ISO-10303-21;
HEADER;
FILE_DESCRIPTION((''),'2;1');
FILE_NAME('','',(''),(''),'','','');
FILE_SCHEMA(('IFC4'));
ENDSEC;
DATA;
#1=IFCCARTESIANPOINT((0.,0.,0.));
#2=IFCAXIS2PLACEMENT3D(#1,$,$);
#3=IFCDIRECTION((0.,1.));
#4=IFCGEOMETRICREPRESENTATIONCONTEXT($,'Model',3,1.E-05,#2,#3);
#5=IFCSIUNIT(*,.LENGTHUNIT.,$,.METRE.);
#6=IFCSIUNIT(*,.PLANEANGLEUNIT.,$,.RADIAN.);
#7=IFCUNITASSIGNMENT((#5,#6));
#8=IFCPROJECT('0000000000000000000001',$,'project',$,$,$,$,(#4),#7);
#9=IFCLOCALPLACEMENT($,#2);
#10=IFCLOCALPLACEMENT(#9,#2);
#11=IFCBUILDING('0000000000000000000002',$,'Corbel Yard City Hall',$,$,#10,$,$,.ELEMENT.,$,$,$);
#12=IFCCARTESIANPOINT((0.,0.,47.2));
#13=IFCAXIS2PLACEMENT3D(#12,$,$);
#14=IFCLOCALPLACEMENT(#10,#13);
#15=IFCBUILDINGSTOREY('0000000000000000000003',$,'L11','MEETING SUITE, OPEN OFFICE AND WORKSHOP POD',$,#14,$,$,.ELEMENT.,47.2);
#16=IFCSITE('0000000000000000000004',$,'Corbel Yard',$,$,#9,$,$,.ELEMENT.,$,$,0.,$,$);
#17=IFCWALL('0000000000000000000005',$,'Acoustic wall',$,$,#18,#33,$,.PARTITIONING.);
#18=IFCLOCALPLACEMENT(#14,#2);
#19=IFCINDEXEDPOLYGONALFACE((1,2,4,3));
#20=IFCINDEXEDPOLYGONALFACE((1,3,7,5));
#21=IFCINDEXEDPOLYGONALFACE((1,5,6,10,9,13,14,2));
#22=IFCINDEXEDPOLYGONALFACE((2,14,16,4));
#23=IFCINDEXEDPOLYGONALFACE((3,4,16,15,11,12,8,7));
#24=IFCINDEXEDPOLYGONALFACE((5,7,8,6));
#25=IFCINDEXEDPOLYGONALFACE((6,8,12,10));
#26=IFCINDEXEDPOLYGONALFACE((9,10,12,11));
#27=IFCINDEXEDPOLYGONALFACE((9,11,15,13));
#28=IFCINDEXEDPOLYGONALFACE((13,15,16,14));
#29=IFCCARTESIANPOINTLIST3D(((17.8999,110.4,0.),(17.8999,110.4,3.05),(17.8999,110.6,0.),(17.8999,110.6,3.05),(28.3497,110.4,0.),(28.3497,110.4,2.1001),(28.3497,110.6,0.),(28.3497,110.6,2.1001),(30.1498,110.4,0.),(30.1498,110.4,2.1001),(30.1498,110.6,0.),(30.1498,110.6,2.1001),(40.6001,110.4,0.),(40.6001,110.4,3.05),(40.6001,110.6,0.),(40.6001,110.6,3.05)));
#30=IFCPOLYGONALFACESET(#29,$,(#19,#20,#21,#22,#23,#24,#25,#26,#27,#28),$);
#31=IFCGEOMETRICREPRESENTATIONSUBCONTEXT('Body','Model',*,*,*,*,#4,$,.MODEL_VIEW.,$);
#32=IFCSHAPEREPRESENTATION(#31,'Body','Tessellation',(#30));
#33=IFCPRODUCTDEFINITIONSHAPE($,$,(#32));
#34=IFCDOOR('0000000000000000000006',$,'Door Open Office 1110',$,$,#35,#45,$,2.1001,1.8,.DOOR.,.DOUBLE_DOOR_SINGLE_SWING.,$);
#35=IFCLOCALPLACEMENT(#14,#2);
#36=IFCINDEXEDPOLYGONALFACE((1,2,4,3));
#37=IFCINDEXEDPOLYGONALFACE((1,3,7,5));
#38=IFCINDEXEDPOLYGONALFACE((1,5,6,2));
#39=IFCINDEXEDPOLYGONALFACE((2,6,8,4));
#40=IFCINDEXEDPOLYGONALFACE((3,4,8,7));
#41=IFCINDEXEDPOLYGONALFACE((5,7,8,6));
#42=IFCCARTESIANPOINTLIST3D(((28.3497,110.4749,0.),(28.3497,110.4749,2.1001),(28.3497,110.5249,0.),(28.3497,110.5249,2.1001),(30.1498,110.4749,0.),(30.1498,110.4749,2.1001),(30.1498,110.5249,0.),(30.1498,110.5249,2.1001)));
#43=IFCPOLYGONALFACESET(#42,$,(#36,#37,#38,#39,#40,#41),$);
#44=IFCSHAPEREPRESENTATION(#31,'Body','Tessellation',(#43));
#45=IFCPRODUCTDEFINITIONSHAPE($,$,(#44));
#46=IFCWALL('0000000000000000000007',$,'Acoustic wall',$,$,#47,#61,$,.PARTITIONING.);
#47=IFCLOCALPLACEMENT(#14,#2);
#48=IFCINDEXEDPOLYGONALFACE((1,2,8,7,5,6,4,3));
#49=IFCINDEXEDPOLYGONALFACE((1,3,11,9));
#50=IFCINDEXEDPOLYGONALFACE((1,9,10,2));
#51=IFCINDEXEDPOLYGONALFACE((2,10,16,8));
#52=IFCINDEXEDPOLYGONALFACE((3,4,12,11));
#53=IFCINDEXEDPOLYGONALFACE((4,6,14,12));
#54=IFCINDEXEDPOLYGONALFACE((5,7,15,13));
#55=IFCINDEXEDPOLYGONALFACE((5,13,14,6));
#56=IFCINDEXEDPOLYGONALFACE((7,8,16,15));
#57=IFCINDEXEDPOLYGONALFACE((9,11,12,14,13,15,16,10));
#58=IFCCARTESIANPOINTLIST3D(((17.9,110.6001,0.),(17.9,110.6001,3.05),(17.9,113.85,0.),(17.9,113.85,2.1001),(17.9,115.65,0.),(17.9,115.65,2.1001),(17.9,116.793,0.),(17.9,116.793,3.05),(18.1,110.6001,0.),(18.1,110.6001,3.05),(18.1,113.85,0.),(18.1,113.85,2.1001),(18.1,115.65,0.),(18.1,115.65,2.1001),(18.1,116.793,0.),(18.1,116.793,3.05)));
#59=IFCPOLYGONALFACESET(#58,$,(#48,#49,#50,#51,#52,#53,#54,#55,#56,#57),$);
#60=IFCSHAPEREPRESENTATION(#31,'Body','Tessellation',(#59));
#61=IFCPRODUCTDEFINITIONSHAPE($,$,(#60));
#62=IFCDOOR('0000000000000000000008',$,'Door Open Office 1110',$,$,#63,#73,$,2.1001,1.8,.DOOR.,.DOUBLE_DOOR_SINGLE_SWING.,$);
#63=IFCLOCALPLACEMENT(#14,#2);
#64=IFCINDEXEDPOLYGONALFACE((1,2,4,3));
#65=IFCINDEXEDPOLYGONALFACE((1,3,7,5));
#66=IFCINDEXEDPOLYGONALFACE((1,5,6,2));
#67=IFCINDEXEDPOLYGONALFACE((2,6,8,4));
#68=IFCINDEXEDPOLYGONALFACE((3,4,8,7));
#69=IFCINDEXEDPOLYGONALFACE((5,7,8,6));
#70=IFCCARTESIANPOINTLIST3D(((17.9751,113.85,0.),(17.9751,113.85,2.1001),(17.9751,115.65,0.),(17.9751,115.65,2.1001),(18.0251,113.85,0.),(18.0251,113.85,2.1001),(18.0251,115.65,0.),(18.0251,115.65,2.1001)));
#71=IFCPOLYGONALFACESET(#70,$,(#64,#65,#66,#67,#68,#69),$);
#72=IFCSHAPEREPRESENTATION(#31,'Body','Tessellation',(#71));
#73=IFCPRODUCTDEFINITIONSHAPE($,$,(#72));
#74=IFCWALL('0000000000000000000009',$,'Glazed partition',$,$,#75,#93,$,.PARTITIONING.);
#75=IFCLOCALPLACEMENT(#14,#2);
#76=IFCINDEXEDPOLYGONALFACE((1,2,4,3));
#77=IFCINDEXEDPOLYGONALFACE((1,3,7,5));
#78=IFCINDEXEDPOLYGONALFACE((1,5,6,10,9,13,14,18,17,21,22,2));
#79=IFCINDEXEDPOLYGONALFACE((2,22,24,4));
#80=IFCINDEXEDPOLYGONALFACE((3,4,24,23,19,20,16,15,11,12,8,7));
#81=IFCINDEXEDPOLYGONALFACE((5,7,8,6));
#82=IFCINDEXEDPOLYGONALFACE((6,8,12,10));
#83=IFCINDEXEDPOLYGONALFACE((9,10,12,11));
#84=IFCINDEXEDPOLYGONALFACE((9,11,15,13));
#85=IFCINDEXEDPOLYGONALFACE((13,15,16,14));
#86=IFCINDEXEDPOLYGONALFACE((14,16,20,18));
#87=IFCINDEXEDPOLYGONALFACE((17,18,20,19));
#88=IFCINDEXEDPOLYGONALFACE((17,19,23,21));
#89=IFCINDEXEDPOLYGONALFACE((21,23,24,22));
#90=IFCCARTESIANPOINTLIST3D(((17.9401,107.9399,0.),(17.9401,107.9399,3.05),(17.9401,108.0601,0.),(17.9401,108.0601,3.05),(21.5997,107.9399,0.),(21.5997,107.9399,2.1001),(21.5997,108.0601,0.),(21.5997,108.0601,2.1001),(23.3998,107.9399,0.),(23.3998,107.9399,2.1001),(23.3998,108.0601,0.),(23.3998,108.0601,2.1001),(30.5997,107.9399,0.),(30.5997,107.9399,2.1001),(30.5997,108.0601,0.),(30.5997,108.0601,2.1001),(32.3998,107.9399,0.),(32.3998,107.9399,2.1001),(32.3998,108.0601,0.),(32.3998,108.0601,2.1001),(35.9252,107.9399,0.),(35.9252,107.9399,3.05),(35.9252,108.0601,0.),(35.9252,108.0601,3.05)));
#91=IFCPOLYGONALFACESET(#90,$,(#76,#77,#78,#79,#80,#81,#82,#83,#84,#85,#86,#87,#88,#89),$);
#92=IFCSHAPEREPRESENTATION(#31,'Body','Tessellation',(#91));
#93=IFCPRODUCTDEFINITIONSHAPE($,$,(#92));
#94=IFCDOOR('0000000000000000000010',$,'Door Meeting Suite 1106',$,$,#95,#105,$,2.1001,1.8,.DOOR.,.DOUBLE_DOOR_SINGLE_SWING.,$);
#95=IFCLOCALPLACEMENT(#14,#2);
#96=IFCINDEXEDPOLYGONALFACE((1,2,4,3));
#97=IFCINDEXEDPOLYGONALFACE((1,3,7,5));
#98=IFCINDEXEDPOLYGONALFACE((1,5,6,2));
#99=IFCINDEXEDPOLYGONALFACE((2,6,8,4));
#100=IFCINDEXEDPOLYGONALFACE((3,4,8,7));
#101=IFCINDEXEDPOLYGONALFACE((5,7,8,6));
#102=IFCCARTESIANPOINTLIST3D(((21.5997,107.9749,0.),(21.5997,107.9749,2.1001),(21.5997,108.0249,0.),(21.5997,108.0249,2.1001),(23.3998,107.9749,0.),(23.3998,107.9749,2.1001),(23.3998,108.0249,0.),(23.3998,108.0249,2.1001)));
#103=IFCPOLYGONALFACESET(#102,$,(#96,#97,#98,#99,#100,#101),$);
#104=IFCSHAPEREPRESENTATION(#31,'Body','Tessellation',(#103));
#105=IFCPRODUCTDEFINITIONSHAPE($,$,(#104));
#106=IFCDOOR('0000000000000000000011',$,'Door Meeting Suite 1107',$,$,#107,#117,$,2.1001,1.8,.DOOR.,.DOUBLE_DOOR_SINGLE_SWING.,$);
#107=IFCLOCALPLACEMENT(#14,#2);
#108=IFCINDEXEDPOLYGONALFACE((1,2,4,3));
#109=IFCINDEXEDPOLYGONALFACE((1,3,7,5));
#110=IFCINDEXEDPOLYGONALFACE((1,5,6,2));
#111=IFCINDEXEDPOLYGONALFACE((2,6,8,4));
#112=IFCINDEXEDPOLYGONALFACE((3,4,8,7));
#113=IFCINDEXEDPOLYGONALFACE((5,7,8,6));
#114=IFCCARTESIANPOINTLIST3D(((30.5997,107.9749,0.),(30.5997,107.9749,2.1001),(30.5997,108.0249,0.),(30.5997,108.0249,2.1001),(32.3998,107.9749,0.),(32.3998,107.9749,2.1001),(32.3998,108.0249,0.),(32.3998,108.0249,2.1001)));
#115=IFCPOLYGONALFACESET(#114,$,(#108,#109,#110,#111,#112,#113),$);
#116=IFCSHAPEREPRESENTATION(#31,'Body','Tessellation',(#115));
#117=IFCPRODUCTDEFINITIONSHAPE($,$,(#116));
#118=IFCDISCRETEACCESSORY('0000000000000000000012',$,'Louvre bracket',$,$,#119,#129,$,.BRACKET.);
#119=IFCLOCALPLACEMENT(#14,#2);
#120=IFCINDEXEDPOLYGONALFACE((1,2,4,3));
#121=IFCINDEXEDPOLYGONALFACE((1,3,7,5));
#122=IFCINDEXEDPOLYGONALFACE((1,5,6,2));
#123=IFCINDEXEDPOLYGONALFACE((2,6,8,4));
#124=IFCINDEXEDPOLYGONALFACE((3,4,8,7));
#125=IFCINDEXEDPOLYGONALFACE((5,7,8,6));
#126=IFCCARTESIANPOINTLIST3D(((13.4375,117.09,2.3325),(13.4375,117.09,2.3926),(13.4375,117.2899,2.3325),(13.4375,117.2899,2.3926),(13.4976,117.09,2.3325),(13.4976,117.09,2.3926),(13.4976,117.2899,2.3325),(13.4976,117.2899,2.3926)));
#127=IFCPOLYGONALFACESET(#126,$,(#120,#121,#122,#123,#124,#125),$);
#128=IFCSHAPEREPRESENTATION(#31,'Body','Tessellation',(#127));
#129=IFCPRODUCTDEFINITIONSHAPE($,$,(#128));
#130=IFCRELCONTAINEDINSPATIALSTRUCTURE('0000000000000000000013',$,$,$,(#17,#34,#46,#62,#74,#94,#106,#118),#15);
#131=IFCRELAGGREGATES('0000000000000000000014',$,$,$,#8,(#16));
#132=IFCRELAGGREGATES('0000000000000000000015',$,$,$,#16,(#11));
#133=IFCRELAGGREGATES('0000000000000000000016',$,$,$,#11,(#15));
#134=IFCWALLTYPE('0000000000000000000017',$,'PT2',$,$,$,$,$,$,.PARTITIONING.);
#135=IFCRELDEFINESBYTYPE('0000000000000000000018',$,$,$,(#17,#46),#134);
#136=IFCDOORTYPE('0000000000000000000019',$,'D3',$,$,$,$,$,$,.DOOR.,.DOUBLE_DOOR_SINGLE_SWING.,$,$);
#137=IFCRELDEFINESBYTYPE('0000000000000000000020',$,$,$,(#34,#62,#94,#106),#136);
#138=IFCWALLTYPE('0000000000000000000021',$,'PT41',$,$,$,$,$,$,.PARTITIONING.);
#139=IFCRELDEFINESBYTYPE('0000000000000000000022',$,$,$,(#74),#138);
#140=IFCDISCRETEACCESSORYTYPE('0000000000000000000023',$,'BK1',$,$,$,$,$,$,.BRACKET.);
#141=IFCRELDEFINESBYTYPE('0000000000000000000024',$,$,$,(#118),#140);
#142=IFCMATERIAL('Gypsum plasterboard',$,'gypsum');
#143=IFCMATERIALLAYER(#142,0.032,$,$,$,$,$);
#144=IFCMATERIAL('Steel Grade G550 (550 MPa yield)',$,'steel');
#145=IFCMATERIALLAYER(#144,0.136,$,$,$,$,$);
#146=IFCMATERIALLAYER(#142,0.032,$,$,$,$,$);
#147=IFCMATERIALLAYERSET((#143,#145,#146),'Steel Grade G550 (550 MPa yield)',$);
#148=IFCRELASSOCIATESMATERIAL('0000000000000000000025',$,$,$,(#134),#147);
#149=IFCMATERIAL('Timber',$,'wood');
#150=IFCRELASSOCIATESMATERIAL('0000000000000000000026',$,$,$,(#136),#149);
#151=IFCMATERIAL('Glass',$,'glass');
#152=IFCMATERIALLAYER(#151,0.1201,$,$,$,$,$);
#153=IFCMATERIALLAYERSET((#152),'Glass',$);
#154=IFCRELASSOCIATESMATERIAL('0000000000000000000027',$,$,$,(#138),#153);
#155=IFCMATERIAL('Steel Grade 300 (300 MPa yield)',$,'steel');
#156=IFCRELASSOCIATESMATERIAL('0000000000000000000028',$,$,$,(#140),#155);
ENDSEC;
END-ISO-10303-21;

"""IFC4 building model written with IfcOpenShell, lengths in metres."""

from ifc_helpers import new_model, si_unit, direction, frame, frame_2d, origin, origin_2d, place, context, subcontext, project, spatial, rectangle, extrude, material, layer, layer_set, type_object, element, fill, save


model = new_model("IFC4")

# Units and contexts
model_context = context("Model", 3, precision=1e-05, world=origin(), true_north=direction((0.0, 1.0)))
body_context = subcontext(model_context, "Body", "Model", "MODEL_VIEW")
ifc_project = project(units=[si_unit("LENGTHUNIT", "METRE"), si_unit("PLANEANGLEUNIT", "RADIAN")], contexts=[model_context])

# Site, building, storey
site_placement = place(None, origin())
site = spatial("IfcSite", under=ifc_project, at=site_placement, Name="Corbel Yard", CompositionType="ELEMENT", RefElevation=0.0)
building_placement = place(site_placement, origin())
building = spatial("IfcBuilding", under=site, at=building_placement, Name="Corbel Yard City Hall", CompositionType="ELEMENT")
storey_placement = place(building_placement, frame((0.0, 0.0, 47.2)))
storey = spatial("IfcBuildingStorey", under=building, at=storey_placement, Name="L11", Description="MEETING SUITE, OPEN OFFICE AND WORKSHOP POD", CompositionType="ELEMENT", Elevation=47.2)

# Shared definitions
ifc_material_1 = material(Name="Steel Grade 300 (300 MPa yield)", Category="steel")

# Shared definitions
ifc_material_2 = material(Name="Steel Grade G550 (550 MPa yield)", Category="steel")
ifc_material_3 = material(Name="Gypsum plasterboard", Category="gypsum")

# Walls, openings, doors
ifc_layer_1 = layer(ifc_material_3, 0.032)
ifc_layer_2 = layer(ifc_material_2, 0.136)
ifc_layer_3 = layer(ifc_material_3, 0.032)
ifc_layer_set_1 = layer_set([ifc_layer_1, ifc_layer_2, ifc_layer_3], Name="Steel Grade G550 (550 MPa yield)")
wall_type_1 = type_object("IfcWallType", Name="PT2", PredefinedType="PARTITIONING", material=ifc_layer_set_1)
wall_1_placement = place(storey_placement, frame((17.8999, 110.5, 0.0), z_axis=(0.0, 0.0, 1.0), x_axis=(1.0, 0.0, 0.0)))
wall_1 = element("IfcWall", 1, at=wall_1_placement, inside=storey, type_object=wall_type_1, Name="Acoustic wall", PredefinedType="PARTITIONING", context=body_context, shape_type="SweptSolid", body=[
    extrude(rectangle(XDim=22.7002, YDim=0.2, at=frame_2d((11.3501, 0.0))), origin(), (0.0, 0.0, 1.0), 3.05),
])
opening_1_placement = place(wall_1_placement, frame((10.45, 0.0, 0.0)))
opening_1 = element("IfcOpeningElement", 2, at=opening_1_placement, cuts=wall_1, PredefinedType="OPENING", context=body_context, shape_type="SweptSolid", body=[
    extrude(rectangle(XDim=1.8, YDim=2.1001, at=frame_2d((0.8999, 1.05))), frame((0.0, 0.1099, 0.0), z_axis=(0.0, -1.0, 0.0), x_axis=(1.0, 0.0, 0.0)), (0.0, 0.0, 1.0), 0.22),
])
ifc_material_4 = material(Name="Timber", Category="wood")
door_type_1 = type_object("IfcDoorType", Name="D3", OperationType="DOUBLE_DOOR_SINGLE_SWING", PredefinedType="DOOR", material=ifc_material_4)
door_1_placement = place(opening_1_placement, origin())
door_1 = element("IfcDoor", 3, at=door_1_placement, inside=storey, type_object=door_type_1, Name="Door Open Office 1110", OperationType="DOUBLE_DOOR_SINGLE_SWING", OverallHeight=2.1001, OverallWidth=1.8, PredefinedType="DOOR", context=body_context, shape_type="SweptSolid", body=[
    extrude(rectangle(XDim=1.8, YDim=2.1001, at=frame_2d((0.8999, 1.05))), frame((0.0, 0.0249, 0.0), z_axis=(0.0, -1.0, 0.0), x_axis=(1.0, 0.0, 0.0)), (0.0, 0.0, 1.0), 0.05),
])
fill(opening_1, door_1)
wall_2_placement = place(storey_placement, frame((18.0, 110.6001, 0.0), z_axis=(0.0, 0.0, 1.0), x_axis=(0.0, 1.0, 0.0)))
wall_2 = element("IfcWall", 4, at=wall_2_placement, inside=storey, type_object=wall_type_1, Name="Acoustic wall", PredefinedType="PARTITIONING", context=body_context, shape_type="SweptSolid", body=[
    extrude(rectangle(XDim=6.1929, YDim=0.2, at=frame_2d((3.0964, 0.0))), origin(), (0.0, 0.0, 1.0), 3.05),
])
opening_2_placement = place(wall_2_placement, frame((3.25, 0.0, 0.0)))
opening_2 = element("IfcOpeningElement", 5, at=opening_2_placement, cuts=wall_2, PredefinedType="OPENING", context=body_context, shape_type="SweptSolid", body=[
    extrude(rectangle(XDim=1.8, YDim=2.1001, at=frame_2d((0.8999, 1.05))), frame((0.0, 0.1099, 0.0), z_axis=(0.0, -1.0, 0.0), x_axis=(1.0, 0.0, 0.0)), (0.0, 0.0, 1.0), 0.22),
])
door_2_placement = place(opening_2_placement, origin())
door_2 = element("IfcDoor", 6, at=door_2_placement, inside=storey, type_object=door_type_1, Name="Door Open Office 1110", OperationType="DOUBLE_DOOR_SINGLE_SWING", OverallHeight=2.1001, OverallWidth=1.8, PredefinedType="DOOR", context=body_context, shape_type="SweptSolid", body=[
    extrude(rectangle(XDim=1.8, YDim=2.1001, at=frame_2d((0.8999, 1.05))), frame((0.0, 0.0249, 0.0), z_axis=(0.0, -1.0, 0.0), x_axis=(1.0, 0.0, 0.0)), (0.0, 0.0, 1.0), 0.05),
])
fill(opening_2, door_2)

# Wall, openings, doors
ifc_material_5 = material(Name="Glass", Category="glass")
ifc_layer_4 = layer(ifc_material_5, 0.1201)
ifc_layer_set_2 = layer_set([ifc_layer_4], Name="Glass")
wall_type_2 = type_object("IfcWallType", Name="PT41", PredefinedType="PARTITIONING", material=ifc_layer_set_2)
wall_3_placement = place(storey_placement, frame((17.9399, 108.0, 0.0), z_axis=(0.0, 0.0, 1.0), x_axis=(1.0, 0.0, 0.0)))
wall_3 = element("IfcWall", 7, at=wall_3_placement, inside=storey, type_object=wall_type_2, Name="Glazed partition", PredefinedType="PARTITIONING", context=body_context, shape_type="SweptSolid", body=[
    extrude(rectangle(XDim=17.9851, YDim=0.1201, at=frame_2d((8.9927, 0.0))), origin(), (0.0, 0.0, 1.0), 3.05),
])
opening_3_placement = place(wall_3_placement, frame((3.6599, 0.0, 0.0)))
opening_3 = element("IfcOpeningElement", 8, at=opening_3_placement, cuts=wall_3, PredefinedType="OPENING", context=body_context, shape_type="SweptSolid", body=[
    extrude(rectangle(XDim=1.8, YDim=2.1001, at=frame_2d((0.8999, 1.05))), frame((0.0, 0.0701, 0.0), z_axis=(0.0, -1.0, 0.0), x_axis=(1.0, 0.0, 0.0)), (0.0, 0.0, 1.0), 0.1401),
])
opening_4_placement = place(wall_3_placement, frame((12.6599, 0.0, 0.0)))
opening_4 = element("IfcOpeningElement", 9, at=opening_4_placement, cuts=wall_3, PredefinedType="OPENING", context=body_context, shape_type="SweptSolid", body=[
    extrude(rectangle(XDim=1.8, YDim=2.1001, at=frame_2d((0.8999, 1.05))), frame((0.0, 0.0701, 0.0), z_axis=(0.0, -1.0, 0.0), x_axis=(1.0, 0.0, 0.0)), (0.0, 0.0, 1.0), 0.1401),
])
door_3_placement = place(opening_3_placement, origin())
door_3 = element("IfcDoor", 10, at=door_3_placement, inside=storey, type_object=door_type_1, Name="Door Meeting Suite 1106", OperationType="DOUBLE_DOOR_SINGLE_SWING", OverallHeight=2.1001, OverallWidth=1.8, PredefinedType="DOOR", context=body_context, shape_type="SweptSolid", body=[
    extrude(rectangle(XDim=1.8, YDim=2.1001, at=frame_2d((0.8999, 1.05))), frame((0.0, 0.0249, 0.0), z_axis=(0.0, -1.0, 0.0), x_axis=(1.0, 0.0, 0.0)), (0.0, 0.0, 1.0), 0.05),
])
fill(opening_3, door_3)
door_4_placement = place(opening_4_placement, origin())
door_4 = element("IfcDoor", 11, at=door_4_placement, inside=storey, type_object=door_type_1, Name="Door Meeting Suite 1107", OperationType="DOUBLE_DOOR_SINGLE_SWING", OverallHeight=2.1001, OverallWidth=1.8, PredefinedType="DOOR", context=body_context, shape_type="SweptSolid", body=[
    extrude(rectangle(XDim=1.8, YDim=2.1001, at=frame_2d((0.8999, 1.05))), frame((0.0, 0.0249, 0.0), z_axis=(0.0, -1.0, 0.0), x_axis=(1.0, 0.0, 0.0)), (0.0, 0.0, 1.0), 0.05),
])
fill(opening_4, door_4)

# Discrete accessory
discrete_accessory_type = type_object("IfcDiscreteAccessoryType", Name="BK1", PredefinedType="BRACKET", material=ifc_material_1)
discrete_accessory_placement = place(storey_placement, frame((13.4675, 117.1899, 2.3325), z_axis=(0.0, 0.0, 1.0), x_axis=(1.0, 0.0, 0.0)))
element("IfcDiscreteAccessory", 12, at=discrete_accessory_placement, inside=storey, type_object=discrete_accessory_type, Name="Louvre bracket", PredefinedType="BRACKET", context=body_context, shape_type="SweptSolid", body=[
    extrude(rectangle(XDim=0.0601, YDim=0.2, at=origin_2d()), origin(), (0.0, 0.0, 1.0), 0.0601),
])

save(model, "model.ifc")
